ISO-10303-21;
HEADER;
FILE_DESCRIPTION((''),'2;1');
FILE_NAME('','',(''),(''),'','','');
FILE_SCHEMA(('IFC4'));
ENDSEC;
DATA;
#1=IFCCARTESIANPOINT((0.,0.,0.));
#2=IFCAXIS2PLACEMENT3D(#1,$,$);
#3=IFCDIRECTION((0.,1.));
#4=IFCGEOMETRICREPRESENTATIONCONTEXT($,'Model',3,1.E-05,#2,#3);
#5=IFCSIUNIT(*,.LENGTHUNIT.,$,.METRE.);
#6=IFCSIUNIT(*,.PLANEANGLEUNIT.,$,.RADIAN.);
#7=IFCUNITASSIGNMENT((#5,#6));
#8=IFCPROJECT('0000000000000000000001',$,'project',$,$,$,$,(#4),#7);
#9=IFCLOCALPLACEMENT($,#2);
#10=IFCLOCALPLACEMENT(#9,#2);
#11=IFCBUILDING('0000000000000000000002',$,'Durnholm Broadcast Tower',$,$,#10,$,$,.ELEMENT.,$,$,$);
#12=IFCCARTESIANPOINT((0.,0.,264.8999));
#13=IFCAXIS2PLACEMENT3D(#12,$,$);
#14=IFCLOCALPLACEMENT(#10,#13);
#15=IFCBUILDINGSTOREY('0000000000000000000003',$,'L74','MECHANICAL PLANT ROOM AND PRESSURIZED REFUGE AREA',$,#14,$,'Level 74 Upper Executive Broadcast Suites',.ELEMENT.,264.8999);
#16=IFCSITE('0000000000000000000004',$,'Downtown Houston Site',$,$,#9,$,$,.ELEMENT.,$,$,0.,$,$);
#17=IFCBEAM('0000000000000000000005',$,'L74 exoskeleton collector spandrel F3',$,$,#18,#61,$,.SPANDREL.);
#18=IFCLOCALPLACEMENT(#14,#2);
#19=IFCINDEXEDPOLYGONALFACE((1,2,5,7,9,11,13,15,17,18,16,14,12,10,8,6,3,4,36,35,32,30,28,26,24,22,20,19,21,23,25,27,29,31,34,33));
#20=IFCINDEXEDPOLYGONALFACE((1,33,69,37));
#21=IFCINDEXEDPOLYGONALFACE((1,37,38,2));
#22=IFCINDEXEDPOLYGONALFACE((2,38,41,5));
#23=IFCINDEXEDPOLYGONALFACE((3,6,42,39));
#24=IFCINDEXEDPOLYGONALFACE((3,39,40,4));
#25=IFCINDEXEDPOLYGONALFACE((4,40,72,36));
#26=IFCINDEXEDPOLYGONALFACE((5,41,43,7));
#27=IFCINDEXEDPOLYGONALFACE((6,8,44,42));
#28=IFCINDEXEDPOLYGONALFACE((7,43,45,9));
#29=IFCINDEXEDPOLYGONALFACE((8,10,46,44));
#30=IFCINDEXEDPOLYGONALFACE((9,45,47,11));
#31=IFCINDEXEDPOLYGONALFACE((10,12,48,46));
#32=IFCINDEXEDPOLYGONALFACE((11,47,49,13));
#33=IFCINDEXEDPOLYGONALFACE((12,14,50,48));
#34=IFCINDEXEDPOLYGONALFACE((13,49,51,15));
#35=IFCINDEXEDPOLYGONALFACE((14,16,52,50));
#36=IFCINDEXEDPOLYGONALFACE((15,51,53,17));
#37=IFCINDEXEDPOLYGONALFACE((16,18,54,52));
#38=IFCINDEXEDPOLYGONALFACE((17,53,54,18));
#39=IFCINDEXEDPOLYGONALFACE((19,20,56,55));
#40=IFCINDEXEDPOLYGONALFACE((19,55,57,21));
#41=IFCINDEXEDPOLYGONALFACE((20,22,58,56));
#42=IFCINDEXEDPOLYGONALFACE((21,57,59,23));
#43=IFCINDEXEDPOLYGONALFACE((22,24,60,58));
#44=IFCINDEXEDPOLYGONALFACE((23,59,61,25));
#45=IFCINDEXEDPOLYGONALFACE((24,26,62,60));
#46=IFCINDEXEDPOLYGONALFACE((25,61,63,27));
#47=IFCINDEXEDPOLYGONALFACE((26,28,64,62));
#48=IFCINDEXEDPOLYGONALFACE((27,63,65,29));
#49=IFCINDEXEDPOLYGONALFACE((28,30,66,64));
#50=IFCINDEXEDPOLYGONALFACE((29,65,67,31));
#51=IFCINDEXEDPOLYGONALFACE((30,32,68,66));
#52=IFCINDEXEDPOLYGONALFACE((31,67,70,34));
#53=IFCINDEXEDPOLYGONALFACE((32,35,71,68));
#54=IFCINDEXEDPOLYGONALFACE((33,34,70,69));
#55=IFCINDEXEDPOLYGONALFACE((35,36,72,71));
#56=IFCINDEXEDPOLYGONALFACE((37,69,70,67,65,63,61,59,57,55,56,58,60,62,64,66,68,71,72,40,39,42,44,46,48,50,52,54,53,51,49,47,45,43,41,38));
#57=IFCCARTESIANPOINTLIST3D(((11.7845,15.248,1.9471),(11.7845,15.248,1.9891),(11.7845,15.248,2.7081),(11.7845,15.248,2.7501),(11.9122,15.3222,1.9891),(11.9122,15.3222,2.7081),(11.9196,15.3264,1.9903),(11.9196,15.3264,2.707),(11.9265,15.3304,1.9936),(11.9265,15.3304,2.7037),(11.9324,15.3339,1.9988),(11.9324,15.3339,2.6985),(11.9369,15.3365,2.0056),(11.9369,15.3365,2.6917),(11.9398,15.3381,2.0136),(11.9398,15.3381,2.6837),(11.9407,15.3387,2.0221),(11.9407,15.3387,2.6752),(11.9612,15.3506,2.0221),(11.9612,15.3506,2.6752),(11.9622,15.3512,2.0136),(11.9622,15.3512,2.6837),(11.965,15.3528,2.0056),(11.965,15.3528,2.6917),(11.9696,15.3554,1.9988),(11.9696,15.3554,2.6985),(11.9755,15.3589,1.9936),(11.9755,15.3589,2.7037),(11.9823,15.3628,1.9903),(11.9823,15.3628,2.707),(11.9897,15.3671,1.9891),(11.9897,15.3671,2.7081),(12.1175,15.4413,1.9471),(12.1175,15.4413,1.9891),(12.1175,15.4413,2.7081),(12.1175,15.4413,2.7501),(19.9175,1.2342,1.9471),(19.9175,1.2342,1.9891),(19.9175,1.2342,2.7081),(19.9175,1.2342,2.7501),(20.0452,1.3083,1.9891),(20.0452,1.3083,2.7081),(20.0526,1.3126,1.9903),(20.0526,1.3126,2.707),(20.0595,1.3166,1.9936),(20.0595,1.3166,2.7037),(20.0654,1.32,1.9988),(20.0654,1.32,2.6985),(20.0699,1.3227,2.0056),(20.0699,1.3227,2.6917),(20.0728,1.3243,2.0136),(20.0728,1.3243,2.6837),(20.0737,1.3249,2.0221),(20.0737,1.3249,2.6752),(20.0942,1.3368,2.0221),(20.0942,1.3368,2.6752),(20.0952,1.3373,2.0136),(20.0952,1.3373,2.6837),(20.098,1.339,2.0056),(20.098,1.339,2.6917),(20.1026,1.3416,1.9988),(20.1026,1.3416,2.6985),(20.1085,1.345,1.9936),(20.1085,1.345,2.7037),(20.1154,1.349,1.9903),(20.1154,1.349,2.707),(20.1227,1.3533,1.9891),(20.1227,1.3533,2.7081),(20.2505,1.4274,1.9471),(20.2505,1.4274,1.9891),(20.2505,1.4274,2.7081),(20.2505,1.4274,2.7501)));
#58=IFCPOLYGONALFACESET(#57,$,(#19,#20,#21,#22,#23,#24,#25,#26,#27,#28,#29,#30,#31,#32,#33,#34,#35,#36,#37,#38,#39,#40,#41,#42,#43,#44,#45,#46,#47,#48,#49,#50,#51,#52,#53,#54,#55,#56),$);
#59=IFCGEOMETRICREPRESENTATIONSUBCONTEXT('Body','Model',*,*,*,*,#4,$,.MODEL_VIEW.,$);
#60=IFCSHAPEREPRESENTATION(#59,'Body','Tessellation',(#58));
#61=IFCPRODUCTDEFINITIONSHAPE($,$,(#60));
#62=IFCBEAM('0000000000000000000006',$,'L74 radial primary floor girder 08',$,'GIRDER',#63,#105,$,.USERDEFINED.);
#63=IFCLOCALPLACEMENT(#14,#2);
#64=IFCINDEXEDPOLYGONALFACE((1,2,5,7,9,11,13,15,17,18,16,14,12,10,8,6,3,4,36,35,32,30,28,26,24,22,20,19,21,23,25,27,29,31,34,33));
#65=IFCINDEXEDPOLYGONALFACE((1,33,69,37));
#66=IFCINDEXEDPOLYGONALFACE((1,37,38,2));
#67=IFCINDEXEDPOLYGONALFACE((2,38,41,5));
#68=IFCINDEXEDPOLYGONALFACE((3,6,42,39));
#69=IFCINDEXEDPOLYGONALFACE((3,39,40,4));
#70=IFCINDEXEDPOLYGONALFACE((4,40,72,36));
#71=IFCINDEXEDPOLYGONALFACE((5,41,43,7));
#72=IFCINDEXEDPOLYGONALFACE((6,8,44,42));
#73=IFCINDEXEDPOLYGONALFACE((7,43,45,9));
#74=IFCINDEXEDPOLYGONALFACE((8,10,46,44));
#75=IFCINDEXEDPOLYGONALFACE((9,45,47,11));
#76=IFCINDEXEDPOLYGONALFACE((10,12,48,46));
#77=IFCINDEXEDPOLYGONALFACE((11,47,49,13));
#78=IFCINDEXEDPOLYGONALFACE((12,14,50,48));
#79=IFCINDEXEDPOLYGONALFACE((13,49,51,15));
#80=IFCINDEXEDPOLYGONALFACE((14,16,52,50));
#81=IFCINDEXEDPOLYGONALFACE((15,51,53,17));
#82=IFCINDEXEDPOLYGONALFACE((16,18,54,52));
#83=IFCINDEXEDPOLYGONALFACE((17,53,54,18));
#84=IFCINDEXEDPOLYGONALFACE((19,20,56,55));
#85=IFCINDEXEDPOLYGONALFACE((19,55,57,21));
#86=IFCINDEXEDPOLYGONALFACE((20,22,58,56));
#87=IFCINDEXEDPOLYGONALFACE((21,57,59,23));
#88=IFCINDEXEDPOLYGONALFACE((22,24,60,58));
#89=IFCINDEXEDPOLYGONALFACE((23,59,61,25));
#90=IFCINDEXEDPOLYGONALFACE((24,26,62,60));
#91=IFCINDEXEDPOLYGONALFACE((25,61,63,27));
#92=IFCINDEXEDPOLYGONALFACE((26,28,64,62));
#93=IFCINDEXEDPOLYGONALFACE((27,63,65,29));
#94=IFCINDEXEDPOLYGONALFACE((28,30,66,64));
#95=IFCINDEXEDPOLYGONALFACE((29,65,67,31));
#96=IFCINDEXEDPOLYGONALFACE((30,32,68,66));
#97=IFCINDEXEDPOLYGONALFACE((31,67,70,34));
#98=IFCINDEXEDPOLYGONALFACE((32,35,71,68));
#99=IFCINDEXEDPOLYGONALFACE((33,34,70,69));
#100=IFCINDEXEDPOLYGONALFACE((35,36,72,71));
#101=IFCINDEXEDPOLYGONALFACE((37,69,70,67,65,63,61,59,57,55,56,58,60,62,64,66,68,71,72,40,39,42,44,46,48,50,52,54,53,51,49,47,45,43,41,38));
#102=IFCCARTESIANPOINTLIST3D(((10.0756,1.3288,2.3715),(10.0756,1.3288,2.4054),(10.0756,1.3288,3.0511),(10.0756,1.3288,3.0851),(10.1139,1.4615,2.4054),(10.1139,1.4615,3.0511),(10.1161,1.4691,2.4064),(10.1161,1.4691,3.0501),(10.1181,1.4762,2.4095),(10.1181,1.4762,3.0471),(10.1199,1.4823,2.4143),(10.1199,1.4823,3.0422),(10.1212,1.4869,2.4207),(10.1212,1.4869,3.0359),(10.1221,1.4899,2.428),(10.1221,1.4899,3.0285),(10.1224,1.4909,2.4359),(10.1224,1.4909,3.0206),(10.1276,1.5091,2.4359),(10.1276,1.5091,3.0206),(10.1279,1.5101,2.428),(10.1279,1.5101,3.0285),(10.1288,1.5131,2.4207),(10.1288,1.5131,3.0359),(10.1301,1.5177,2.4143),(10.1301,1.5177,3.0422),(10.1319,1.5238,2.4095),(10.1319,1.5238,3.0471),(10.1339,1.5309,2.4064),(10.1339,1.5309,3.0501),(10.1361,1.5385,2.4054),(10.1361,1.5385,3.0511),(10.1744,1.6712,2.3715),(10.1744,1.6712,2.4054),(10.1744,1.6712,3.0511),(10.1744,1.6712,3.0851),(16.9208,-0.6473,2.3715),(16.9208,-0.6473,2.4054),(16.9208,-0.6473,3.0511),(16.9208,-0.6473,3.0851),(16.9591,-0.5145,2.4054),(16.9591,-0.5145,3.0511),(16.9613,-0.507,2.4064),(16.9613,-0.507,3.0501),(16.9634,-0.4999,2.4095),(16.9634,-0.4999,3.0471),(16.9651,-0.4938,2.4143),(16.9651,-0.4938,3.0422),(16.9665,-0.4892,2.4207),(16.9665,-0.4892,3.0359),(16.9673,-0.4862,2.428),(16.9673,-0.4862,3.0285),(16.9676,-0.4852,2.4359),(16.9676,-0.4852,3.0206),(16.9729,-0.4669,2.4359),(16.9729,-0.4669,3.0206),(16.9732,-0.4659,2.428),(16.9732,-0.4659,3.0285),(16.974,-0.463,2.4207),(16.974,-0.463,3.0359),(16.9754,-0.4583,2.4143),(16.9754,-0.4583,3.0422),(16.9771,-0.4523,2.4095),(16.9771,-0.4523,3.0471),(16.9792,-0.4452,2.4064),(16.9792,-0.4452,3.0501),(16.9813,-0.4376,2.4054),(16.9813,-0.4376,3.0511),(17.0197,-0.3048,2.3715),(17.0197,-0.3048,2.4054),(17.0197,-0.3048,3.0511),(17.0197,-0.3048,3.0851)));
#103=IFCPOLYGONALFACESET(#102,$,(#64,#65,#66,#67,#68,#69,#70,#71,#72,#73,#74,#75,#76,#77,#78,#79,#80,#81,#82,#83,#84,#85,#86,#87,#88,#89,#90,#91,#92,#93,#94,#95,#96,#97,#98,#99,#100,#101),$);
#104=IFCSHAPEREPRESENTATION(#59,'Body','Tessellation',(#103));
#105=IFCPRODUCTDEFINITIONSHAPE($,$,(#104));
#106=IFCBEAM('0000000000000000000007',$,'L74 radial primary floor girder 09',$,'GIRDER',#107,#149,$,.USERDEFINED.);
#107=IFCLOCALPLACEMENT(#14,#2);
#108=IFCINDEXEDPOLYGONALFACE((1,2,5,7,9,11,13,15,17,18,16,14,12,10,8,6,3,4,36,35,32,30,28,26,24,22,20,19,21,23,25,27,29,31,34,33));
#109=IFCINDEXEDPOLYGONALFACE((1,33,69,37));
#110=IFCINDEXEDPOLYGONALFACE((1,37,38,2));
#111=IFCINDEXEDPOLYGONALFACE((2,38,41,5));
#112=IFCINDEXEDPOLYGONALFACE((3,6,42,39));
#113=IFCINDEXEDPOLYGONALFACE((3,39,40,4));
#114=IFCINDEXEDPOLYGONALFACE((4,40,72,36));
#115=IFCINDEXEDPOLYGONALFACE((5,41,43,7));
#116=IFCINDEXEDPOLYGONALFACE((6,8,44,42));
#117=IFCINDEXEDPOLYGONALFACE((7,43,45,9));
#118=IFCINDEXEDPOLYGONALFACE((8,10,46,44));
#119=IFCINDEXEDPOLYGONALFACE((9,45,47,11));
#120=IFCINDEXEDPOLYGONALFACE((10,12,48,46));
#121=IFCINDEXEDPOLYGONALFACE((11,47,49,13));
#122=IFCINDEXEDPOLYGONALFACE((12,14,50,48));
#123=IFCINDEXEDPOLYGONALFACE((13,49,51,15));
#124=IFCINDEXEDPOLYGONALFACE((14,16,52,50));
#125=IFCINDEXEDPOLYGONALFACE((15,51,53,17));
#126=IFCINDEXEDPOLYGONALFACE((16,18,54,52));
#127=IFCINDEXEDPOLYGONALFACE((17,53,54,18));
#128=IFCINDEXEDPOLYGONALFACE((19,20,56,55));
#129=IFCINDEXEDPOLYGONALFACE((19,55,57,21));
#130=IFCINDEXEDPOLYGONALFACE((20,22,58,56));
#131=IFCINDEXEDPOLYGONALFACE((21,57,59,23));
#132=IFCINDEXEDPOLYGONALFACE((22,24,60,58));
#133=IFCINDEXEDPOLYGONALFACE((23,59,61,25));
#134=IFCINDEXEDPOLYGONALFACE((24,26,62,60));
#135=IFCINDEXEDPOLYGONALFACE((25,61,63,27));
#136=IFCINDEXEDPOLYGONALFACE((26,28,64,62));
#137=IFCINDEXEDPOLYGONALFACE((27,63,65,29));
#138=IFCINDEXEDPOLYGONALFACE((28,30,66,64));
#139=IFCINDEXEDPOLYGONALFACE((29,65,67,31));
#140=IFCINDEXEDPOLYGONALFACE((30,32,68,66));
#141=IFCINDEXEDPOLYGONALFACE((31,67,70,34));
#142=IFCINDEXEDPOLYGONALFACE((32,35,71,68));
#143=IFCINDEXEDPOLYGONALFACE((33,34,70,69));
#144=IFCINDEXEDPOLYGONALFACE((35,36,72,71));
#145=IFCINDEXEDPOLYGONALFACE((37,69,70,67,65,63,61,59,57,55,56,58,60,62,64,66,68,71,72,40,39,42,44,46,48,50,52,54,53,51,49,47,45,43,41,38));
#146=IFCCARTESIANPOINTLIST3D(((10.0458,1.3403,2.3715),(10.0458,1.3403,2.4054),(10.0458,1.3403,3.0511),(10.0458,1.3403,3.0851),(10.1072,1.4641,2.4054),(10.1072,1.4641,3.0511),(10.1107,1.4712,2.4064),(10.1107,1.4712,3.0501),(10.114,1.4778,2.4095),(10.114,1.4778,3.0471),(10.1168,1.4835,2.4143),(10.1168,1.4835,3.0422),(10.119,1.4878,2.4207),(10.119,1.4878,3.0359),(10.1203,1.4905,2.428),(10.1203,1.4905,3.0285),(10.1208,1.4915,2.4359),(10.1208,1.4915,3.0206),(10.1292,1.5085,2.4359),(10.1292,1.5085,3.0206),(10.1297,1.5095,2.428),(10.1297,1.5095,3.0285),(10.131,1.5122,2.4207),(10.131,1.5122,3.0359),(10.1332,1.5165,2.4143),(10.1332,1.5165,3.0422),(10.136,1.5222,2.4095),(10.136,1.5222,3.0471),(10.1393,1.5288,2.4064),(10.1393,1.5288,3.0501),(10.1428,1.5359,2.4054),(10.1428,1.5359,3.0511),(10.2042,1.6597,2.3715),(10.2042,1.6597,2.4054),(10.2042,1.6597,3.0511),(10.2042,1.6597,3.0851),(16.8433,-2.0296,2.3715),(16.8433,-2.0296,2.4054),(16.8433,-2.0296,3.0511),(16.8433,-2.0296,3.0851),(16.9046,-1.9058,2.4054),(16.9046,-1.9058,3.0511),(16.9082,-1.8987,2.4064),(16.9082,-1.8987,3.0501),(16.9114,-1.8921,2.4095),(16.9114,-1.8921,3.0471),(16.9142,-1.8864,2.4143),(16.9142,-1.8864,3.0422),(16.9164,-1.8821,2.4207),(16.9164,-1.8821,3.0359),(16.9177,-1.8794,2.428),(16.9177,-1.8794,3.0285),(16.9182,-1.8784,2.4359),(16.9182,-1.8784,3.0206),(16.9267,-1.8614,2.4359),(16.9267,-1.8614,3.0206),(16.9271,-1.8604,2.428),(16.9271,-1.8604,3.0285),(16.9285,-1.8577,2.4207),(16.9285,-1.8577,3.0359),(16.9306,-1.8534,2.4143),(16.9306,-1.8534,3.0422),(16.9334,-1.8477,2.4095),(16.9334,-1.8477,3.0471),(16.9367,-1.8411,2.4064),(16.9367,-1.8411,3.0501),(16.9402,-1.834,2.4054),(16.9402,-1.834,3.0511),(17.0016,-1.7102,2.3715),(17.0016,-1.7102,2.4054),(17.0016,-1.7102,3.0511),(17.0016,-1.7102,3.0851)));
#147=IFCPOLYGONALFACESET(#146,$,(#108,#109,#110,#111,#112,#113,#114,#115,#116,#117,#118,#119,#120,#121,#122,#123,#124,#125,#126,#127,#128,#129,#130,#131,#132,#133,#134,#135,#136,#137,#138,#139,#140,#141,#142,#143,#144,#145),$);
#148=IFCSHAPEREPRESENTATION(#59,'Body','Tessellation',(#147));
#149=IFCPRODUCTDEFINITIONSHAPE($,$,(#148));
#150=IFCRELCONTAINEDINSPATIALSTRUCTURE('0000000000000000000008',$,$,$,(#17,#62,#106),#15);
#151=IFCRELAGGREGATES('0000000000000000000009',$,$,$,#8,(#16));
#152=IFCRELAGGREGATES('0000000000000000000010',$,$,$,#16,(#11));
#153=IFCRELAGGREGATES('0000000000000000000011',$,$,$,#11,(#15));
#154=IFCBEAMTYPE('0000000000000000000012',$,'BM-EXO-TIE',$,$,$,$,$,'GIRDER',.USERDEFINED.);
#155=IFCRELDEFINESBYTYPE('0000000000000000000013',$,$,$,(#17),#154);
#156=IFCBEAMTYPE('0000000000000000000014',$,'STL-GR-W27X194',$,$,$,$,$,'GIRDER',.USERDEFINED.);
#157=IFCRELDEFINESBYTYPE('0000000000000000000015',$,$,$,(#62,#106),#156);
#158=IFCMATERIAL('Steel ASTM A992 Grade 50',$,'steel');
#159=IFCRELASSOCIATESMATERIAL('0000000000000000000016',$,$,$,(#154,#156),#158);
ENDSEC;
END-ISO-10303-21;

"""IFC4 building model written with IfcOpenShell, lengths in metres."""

from ifc_helpers import new_model, si_unit, direction, frame, origin, origin_2d, place, context, subcontext, project, spatial, i_section, extrude, source, transform, mapped, material, material_profile, profile_set, type_object, type_shapes, element, save


model = new_model("IFC4")

# Units and contexts
model_context = context("Model", 3, precision=1e-05, world=origin(), true_north=direction((0.0, 1.0)))
body_context = subcontext(model_context, "Body", "Model", "MODEL_VIEW")
ifc_project = project(units=[si_unit("LENGTHUNIT", "METRE"), si_unit("PLANEANGLEUNIT", "RADIAN")], contexts=[model_context])

# Site, building, storey
site_placement = place(None, origin())
site = spatial("IfcSite", under=ifc_project, at=site_placement, Name="Downtown Houston Site", CompositionType="ELEMENT", RefElevation=0.0)
building_placement = place(site_placement, origin())
building = spatial("IfcBuilding", under=site, at=building_placement, Name="Durnholm Broadcast Tower", CompositionType="ELEMENT")
storey_placement = place(building_placement, frame((0.0, 0.0, 264.8999)))
storey = spatial("IfcBuildingStorey", under=building, at=storey_placement, Name="L74", Description="MECHANICAL PLANT ROOM AND PRESSURIZED REFUGE AREA", LongName="Level 74 Upper Executive Broadcast Suites", CompositionType="ELEMENT", Elevation=264.8999)

# Beams
ifc_material_1 = material(Name="Steel ASTM A992 Grade 50", Category="steel")
ifc_material_profile_1 = material_profile(ifc_material_1, i_section(OverallWidth=0.385, OverallDepth=0.803, WebThickness=0.0237, FlangeThickness=0.042, FilletRadius=0.033, at=origin_2d()), Name="W30X261")
ifc_profile_set_1 = profile_set([ifc_material_profile_1], Name="Steel ASTM A992 Grade 50")
beam_type_1 = type_object("IfcBeamType", Name="BM-EXO-TIE", ElementType="GIRDER", PredefinedType="USERDEFINED", material=ifc_profile_set_1)
shared_shape_1 = source(origin(), body_context, "Body", "SweptSolid", [
    extrude(i_section(OverallWidth=0.385, OverallDepth=0.803, WebThickness=0.0237, FlangeThickness=0.042, FilletRadius=0.033, at=origin_2d()), origin(), (0.0, 0.0, 1.0), 16.2029),
])
beam_1_placement = place(storey_placement, frame((20.084, 1.3308, 2.3486), z_axis=(-0.501948, 0.864898, 0.0), x_axis=(-0.864898, -0.501948, 0.0)))
element("IfcBeam", 1, at=beam_1_placement, inside=storey, type_object=beam_type_1, Name="L74 exoskeleton collector spandrel F3", PredefinedType="SPANDREL", context=body_context, shape_type="MappedRepresentation", body=[
    mapped(shared_shape_1, transform((0.0, 0.0, 0.0), x_axis=(1.0, 0.0, 0.0), y_axis=(0.0, 1.0, 0.0), z_axis=(0.0, 0.0, 1.0), scale=1.0)),
])
ifc_material_profile_2 = material_profile(ifc_material_1, i_section(OverallWidth=0.3564, OverallDepth=0.7136, WebThickness=0.019, FlangeThickness=0.0339, FilletRadius=0.0305, at=origin_2d()), Name="W27X194")
ifc_profile_set_2 = profile_set([ifc_material_profile_2], Name="Steel ASTM A992 Grade 50")
beam_type_2 = type_object("IfcBeamType", Name="STL-GR-W27X194", ElementType="GIRDER", PredefinedType="USERDEFINED", material=ifc_profile_set_2)
shared_shape_2 = source(origin(), body_context, "Body", "SweptSolid", [
    extrude(i_section(OverallWidth=0.3564, OverallDepth=0.7136, WebThickness=0.019, FlangeThickness=0.0339, FilletRadius=0.0305, at=origin_2d()), origin(), (0.0, 0.0, 1.0), 7.1248),
])
beam_2_placement = place(storey_placement, frame((10.125, 1.5, 2.7283), z_axis=(0.960768, -0.277354, 0.0), x_axis=(0.277354, 0.960768, 0.0)))
element("IfcBeam", 2, at=beam_2_placement, inside=storey, type_object=beam_type_2, Name="L74 radial primary floor girder 08", ObjectType="GIRDER", PredefinedType="USERDEFINED", context=body_context, shape_type="MappedRepresentation", body=[
    mapped(shared_shape_2, transform((0.0, 0.0, 0.0), x_axis=(1.0, 0.0, 0.0), y_axis=(0.0, 1.0, 0.0), z_axis=(0.0, 0.0, 1.0), scale=1.0)),
])
shared_shape_3 = source(origin(), body_context, "Body", "SweptSolid", [
    extrude(i_section(OverallWidth=0.3564, OverallDepth=0.7136, WebThickness=0.019, FlangeThickness=0.0339, FilletRadius=0.0305, at=origin_2d()), origin(), (0.0, 0.0, 1.0), 7.5869),
])
type_shapes(beam_type_2, [shared_shape_2, shared_shape_3])
beam_3_placement = place(storey_placement, frame((10.125, 1.5, 2.7283), z_axis=(0.895941, -0.444173, 0.0), x_axis=(0.444173, 0.895941, 0.0)))
element("IfcBeam", 3, at=beam_3_placement, inside=storey, type_object=beam_type_2, Name="L74 radial primary floor girder 09", ObjectType="GIRDER", PredefinedType="USERDEFINED", context=body_context, shape_type="MappedRepresentation", body=[
    mapped(shared_shape_3, transform((0.0, 0.0, 0.0), x_axis=(1.0, 0.0, 0.0), y_axis=(0.0, 1.0, 0.0), z_axis=(0.0, 0.0, 1.0), scale=1.0)),
])

save(model, "model.ifc")
